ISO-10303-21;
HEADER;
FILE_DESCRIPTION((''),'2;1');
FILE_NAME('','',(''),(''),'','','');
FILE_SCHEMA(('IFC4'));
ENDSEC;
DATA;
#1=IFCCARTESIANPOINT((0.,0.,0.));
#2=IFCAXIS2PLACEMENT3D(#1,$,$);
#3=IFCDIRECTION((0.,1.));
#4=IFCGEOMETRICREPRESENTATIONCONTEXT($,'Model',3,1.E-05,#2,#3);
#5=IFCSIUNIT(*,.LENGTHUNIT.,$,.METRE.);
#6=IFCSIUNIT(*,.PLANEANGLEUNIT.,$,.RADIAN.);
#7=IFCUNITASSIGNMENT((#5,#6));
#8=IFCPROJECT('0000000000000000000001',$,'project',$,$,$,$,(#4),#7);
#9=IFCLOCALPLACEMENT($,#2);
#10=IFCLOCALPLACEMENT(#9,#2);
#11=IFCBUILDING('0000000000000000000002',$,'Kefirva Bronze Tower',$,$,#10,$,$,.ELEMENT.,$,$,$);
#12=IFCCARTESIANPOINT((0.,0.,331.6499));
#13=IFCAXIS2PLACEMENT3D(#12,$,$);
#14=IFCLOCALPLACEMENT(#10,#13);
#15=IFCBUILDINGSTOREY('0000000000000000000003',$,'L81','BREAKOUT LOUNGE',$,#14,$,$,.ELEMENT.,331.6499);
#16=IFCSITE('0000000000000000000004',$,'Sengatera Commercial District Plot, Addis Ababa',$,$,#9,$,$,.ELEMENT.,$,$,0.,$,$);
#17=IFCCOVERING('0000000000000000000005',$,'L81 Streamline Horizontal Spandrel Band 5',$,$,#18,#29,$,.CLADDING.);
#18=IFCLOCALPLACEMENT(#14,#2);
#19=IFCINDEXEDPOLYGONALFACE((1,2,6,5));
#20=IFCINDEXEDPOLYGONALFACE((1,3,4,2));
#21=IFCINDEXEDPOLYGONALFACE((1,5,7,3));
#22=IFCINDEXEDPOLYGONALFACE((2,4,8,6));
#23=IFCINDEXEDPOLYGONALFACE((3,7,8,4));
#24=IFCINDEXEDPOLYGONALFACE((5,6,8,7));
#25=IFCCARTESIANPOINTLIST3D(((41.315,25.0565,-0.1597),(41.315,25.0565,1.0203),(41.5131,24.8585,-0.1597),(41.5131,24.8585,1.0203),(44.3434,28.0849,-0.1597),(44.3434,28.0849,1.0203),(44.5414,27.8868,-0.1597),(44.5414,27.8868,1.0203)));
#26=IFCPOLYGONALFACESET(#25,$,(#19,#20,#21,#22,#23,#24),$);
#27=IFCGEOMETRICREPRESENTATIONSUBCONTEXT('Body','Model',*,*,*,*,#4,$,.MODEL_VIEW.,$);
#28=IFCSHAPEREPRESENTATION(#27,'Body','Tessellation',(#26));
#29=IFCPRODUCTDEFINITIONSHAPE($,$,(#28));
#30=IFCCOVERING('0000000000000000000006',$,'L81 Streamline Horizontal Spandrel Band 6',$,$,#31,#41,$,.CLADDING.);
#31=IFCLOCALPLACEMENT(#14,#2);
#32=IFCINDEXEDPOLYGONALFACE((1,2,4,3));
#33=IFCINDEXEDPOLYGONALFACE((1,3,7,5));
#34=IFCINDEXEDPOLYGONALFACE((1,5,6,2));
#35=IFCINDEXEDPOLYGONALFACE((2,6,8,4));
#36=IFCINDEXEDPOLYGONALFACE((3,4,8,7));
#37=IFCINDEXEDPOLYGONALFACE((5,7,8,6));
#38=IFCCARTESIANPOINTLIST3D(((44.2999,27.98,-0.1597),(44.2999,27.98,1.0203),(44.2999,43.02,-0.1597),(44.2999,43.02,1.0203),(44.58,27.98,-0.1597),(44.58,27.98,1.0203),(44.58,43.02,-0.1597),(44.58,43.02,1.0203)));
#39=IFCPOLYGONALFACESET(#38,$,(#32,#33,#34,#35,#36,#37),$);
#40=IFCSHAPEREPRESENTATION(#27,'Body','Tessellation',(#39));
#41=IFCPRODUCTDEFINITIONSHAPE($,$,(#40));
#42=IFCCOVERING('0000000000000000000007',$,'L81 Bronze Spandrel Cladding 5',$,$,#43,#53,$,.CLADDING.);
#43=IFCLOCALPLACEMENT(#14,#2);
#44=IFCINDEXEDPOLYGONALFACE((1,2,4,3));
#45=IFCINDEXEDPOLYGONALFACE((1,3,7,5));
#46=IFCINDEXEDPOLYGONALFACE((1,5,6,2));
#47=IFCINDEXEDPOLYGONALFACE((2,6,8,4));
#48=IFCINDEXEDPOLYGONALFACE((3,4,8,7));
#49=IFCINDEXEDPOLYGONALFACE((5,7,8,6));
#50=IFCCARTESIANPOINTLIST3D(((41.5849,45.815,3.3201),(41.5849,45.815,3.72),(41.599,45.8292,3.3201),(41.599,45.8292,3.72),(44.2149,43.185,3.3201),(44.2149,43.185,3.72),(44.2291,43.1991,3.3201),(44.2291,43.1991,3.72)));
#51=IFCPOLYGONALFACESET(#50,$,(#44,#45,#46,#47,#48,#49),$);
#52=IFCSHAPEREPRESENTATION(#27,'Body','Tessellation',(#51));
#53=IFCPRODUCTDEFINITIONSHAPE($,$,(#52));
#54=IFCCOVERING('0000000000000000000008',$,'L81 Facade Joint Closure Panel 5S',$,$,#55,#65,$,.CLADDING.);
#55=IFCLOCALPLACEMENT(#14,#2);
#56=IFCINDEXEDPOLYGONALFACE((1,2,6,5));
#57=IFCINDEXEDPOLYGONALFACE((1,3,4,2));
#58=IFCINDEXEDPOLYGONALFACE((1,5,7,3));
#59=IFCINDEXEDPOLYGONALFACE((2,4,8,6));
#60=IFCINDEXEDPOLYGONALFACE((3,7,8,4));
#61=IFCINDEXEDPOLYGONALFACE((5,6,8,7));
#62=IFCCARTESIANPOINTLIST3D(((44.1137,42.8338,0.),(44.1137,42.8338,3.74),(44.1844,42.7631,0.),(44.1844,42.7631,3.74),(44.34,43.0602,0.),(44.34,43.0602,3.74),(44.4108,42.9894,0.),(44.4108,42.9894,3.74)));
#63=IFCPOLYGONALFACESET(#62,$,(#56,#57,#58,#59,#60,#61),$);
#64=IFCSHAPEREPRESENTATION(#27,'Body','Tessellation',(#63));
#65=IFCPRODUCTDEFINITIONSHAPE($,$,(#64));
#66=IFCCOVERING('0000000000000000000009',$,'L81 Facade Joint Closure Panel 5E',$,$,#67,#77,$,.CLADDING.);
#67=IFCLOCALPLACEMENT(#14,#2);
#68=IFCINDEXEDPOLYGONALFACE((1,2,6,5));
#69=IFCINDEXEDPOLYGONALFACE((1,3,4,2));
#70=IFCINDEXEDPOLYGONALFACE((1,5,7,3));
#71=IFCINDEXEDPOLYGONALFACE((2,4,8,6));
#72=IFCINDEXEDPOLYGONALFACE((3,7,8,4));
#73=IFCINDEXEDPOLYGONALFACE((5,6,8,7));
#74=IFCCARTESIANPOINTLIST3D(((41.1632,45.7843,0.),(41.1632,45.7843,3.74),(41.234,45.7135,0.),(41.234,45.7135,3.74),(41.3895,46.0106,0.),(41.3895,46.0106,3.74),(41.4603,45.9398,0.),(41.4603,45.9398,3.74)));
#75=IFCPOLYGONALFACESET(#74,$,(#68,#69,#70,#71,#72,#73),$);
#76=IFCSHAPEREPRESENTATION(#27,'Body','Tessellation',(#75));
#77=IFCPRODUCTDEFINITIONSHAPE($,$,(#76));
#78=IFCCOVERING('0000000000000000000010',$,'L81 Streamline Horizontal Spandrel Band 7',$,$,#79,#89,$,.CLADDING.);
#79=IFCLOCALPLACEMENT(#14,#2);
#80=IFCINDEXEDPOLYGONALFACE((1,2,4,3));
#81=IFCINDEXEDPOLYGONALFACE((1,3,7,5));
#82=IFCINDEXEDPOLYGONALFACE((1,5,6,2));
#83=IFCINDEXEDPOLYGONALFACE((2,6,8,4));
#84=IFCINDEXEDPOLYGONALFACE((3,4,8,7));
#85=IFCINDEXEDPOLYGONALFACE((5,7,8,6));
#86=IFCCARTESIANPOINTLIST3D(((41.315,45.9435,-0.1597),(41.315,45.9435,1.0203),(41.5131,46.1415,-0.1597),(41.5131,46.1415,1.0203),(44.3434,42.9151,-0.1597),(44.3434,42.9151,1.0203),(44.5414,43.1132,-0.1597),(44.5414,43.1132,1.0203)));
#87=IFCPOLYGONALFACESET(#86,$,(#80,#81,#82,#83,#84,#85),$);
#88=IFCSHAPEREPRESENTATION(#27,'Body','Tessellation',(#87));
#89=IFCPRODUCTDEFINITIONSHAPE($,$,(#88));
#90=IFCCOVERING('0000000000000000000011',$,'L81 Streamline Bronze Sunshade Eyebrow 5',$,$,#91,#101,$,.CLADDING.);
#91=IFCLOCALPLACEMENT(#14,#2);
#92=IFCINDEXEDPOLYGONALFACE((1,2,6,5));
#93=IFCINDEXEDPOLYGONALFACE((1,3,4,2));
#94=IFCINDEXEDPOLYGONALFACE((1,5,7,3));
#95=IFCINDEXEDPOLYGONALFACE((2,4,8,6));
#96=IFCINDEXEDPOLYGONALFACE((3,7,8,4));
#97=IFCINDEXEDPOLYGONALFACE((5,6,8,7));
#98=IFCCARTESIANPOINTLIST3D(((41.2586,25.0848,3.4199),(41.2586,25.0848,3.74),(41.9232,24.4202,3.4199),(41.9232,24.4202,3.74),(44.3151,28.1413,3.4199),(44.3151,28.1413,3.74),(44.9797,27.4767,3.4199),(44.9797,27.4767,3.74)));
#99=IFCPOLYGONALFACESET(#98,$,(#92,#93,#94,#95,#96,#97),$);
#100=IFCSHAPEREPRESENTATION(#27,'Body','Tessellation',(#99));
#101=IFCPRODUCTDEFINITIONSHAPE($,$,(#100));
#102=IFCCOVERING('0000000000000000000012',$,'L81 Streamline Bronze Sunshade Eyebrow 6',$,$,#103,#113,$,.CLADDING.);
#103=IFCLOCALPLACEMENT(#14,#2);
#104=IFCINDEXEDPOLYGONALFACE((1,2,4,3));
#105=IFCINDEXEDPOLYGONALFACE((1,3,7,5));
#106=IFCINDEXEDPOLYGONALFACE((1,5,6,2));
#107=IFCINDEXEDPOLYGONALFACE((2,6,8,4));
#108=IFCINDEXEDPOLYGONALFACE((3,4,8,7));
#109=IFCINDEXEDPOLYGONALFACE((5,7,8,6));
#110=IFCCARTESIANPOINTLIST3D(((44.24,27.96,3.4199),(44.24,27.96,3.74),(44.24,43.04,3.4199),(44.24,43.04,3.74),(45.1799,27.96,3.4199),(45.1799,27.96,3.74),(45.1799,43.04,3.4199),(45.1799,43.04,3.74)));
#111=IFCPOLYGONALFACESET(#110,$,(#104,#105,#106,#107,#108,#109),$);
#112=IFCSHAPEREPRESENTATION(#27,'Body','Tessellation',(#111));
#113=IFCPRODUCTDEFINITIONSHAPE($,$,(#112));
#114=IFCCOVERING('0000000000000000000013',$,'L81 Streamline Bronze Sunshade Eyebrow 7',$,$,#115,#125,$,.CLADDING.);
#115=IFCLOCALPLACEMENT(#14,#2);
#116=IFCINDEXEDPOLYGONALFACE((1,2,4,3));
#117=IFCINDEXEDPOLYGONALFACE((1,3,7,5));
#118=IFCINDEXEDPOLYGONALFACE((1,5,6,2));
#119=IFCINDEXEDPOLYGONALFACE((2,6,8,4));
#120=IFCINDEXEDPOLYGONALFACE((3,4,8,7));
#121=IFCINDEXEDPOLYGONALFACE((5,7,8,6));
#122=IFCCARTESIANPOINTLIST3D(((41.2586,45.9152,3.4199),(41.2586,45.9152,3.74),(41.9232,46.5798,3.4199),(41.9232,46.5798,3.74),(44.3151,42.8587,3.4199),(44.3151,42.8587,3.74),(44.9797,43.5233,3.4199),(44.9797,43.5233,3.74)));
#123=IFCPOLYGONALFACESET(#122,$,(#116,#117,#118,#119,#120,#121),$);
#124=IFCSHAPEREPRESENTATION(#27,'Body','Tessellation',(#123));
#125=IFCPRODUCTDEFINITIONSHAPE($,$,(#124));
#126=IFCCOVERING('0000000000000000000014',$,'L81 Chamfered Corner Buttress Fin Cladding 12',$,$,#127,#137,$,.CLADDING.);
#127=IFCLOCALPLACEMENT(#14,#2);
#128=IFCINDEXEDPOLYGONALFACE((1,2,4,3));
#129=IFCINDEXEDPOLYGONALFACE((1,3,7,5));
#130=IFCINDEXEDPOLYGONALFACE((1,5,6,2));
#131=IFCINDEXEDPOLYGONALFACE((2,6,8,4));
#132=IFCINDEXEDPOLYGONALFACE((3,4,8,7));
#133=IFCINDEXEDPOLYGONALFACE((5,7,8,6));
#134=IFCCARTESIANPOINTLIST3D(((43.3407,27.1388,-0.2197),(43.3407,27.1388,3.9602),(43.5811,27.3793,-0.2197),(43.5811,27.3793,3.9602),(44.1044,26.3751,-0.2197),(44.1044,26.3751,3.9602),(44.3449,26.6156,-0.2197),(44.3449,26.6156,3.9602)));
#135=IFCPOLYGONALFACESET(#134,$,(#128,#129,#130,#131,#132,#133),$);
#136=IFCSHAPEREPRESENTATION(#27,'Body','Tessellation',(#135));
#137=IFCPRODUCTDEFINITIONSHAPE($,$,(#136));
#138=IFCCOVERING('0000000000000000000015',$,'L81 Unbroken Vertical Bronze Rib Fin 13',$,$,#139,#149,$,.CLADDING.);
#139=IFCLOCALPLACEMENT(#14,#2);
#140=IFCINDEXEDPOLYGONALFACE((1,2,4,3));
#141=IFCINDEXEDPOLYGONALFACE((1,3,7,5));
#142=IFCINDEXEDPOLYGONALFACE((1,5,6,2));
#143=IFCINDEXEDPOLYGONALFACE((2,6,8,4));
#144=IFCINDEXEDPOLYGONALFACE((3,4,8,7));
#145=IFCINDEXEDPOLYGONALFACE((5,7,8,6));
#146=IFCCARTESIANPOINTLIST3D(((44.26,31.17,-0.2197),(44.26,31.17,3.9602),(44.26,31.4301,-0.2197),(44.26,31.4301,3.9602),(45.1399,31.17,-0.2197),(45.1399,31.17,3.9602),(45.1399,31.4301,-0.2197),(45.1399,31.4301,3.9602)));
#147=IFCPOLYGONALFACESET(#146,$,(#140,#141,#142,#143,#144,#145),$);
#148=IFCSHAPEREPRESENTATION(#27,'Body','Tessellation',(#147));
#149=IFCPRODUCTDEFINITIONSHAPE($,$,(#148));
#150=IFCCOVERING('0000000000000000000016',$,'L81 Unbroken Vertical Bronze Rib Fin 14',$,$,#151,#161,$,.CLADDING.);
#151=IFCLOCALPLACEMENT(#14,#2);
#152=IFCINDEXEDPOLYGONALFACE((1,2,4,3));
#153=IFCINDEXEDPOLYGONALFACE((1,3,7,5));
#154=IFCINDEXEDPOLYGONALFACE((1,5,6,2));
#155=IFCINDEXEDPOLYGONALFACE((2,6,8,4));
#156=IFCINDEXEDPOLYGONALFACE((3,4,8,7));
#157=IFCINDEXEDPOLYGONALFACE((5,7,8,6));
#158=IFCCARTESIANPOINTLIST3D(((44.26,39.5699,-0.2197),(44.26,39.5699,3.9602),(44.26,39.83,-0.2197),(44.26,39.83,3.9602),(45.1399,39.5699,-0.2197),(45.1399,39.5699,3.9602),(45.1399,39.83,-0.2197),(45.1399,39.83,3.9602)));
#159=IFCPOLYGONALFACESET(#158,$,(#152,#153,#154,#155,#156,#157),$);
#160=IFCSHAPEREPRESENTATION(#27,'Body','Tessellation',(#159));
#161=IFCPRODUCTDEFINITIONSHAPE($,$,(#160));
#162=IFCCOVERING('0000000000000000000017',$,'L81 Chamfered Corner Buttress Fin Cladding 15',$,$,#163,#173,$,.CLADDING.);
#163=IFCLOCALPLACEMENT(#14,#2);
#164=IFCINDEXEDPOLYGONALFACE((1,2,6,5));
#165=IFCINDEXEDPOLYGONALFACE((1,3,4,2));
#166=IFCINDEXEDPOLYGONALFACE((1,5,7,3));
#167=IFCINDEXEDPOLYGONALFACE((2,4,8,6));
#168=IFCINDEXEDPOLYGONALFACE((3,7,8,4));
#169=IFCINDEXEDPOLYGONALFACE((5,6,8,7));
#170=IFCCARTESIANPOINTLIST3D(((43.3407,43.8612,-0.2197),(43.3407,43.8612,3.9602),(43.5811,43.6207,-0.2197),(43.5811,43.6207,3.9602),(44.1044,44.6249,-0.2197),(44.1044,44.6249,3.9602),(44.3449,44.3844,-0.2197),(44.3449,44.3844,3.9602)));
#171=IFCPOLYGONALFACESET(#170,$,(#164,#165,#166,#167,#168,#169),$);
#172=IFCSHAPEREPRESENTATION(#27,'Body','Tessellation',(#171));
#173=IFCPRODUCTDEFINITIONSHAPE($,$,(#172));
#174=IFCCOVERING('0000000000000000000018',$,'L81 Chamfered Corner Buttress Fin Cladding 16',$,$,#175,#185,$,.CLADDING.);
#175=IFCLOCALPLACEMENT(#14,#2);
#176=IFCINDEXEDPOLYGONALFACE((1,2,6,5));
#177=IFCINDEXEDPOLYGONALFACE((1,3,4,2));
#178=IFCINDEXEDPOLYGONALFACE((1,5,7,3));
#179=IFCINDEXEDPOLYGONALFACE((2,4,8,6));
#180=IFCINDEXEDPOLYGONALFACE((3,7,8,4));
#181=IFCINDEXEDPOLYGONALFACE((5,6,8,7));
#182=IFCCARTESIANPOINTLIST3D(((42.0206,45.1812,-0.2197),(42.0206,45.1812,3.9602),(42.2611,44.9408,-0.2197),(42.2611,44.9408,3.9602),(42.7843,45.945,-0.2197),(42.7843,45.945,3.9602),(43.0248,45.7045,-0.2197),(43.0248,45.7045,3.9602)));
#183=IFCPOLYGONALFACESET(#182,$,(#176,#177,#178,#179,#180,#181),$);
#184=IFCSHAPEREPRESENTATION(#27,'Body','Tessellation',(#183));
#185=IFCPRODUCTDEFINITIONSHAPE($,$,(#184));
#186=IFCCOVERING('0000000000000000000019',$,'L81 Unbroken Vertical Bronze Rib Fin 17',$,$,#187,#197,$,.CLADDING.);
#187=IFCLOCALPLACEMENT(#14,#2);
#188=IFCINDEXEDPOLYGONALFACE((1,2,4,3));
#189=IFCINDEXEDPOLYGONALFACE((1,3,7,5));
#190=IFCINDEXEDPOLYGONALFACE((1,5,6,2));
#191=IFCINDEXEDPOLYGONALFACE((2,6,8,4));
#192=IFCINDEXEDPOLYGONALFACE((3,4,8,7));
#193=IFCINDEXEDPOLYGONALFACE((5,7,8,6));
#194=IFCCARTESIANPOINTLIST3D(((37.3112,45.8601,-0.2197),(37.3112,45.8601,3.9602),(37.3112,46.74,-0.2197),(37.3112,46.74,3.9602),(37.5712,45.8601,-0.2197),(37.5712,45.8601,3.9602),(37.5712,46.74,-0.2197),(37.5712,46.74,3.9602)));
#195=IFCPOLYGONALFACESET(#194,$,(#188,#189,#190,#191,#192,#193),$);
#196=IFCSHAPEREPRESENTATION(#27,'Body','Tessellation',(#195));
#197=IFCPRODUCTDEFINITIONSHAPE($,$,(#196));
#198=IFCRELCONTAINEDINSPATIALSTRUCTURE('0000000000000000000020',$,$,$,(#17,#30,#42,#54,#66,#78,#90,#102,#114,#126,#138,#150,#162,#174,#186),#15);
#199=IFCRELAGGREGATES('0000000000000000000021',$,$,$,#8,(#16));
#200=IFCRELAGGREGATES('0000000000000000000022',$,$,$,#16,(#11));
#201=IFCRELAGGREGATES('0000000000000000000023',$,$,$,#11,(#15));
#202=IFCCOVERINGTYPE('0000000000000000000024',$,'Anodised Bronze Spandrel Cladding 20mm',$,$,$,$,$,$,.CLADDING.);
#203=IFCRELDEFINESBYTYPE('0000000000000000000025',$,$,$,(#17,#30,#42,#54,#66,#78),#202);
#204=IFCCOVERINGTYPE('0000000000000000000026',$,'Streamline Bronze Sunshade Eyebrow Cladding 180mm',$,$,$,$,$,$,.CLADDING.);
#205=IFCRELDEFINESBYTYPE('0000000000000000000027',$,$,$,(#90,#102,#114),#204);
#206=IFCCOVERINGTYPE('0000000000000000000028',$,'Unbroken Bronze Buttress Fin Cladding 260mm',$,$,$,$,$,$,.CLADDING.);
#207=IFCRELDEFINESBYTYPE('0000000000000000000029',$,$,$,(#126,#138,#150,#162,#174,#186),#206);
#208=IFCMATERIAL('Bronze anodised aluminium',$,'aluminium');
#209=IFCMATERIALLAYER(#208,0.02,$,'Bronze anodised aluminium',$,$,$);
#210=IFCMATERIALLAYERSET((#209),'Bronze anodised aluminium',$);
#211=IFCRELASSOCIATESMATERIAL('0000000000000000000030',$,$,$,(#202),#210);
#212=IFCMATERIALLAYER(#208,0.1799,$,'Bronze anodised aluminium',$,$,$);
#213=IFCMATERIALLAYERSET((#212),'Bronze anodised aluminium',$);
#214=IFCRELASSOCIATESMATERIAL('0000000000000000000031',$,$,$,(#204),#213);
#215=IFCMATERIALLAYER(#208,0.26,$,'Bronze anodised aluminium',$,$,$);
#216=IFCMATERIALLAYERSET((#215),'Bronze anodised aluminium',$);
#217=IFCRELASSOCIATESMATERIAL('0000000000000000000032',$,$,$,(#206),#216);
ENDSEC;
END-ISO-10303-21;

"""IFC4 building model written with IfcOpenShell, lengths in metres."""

from ifc_helpers import new_model, si_unit, direction, frame, origin, origin_2d, place, context, subcontext, project, spatial, rectangle, extrude, material, layer, layer_set, type_object, element, save


model = new_model("IFC4")

# Units and contexts
model_context = context("Model", 3, precision=1e-05, world=origin(), true_north=direction((0.0, 1.0)))
body_context = subcontext(model_context, "Body", "Model", "MODEL_VIEW")
ifc_project = project(units=[si_unit("LENGTHUNIT", "METRE"), si_unit("PLANEANGLEUNIT", "RADIAN")], contexts=[model_context])

# Site, building, storey
site_placement = place(None, origin())
site = spatial("IfcSite", under=ifc_project, at=site_placement, Name="Sengatera Commercial District Plot, Addis Ababa", CompositionType="ELEMENT", RefElevation=0.0)
building_placement = place(site_placement, origin())
building = spatial("IfcBuilding", under=site, at=building_placement, Name="Kefirva Bronze Tower", CompositionType="ELEMENT")
storey_placement = place(building_placement, frame((0.0, 0.0, 331.6499)))
storey = spatial("IfcBuildingStorey", under=building, at=storey_placement, Name="L81", Description="BREAKOUT LOUNGE", CompositionType="ELEMENT", Elevation=331.6499)

# Shared definitions
ifc_material_1 = material(Name="Bronze anodised aluminium", Category="aluminium")

# Coverings
ifc_layer_1 = layer(ifc_material_1, 0.02, Name="Bronze anodised aluminium")
ifc_layer_set_1 = layer_set([ifc_layer_1], Name="Bronze anodised aluminium")
covering_type_1 = type_object("IfcCoveringType", Name="Anodised Bronze Spandrel Cladding 20mm", PredefinedType="CLADDING", material=ifc_layer_set_1)
covering_1_placement = place(storey_placement, frame((42.9282, 26.4717, -0.1597), z_axis=(0.0, 0.0, 1.0), x_axis=(0.707107, 0.707107, 0.0)))
element("IfcCovering", 1, at=covering_1_placement, inside=storey, type_object=covering_type_1, Name="L81 Streamline Horizontal Spandrel Band 5", PredefinedType="CLADDING", context=body_context, shape_type="SweptSolid", body=[
    extrude(rectangle(XDim=4.2827, YDim=0.28, at=origin_2d()), origin(), (0.0, 0.0, 1.0), 1.1799),
])
covering_2_placement = place(storey_placement, frame((44.4399, 35.5, -0.1597), z_axis=(0.0, 0.0, 1.0), x_axis=(0.0, 1.0, 0.0)))
element("IfcCovering", 2, at=covering_2_placement, inside=storey, type_object=covering_type_1, Name="L81 Streamline Horizontal Spandrel Band 6", PredefinedType="CLADDING", context=body_context, shape_type="SweptSolid", body=[
    extrude(rectangle(XDim=15.04, YDim=0.28, at=origin_2d()), origin(), (0.0, 0.0, 1.0), 1.1799),
])
covering_3_placement = place(storey_placement, frame((42.907, 44.5071, 3.3201), z_axis=(0.0, 0.0, 1.0), x_axis=(-0.707107, 0.707107, 0.0)))
element("IfcCovering", 3, at=covering_3_placement, inside=storey, type_object=covering_type_1, Name="L81 Bronze Spandrel Cladding 5", PredefinedType="CLADDING", context=body_context, shape_type="SweptSolid", body=[
    extrude(rectangle(XDim=3.7195, YDim=0.02, at=origin_2d()), origin(), (0.0, 0.0, 1.0), 0.3999),
])
for number, where, z_axis, x_axis, name in (
    (4, (44.2622, 42.9116, 0.0), (0.0, 0.0, 1.0), (-0.707107, 0.707107, 0.0), "L81 Facade Joint Closure Panel 5S"),
    (5, (41.3118, 45.8621, 0.0), (0.0, 0.0, 1.0), (-0.707107, 0.707107, 0.0), "L81 Facade Joint Closure Panel 5E"),
):
    element("IfcCovering", number, at=place(storey_placement, frame(where, z_axis=z_axis, x_axis=x_axis)), inside=storey, type_object=covering_type_1, Name=name, PredefinedType="CLADDING", context=body_context, shape_type="SweptSolid", body=[
        extrude(rectangle(XDim=0.1001, YDim=0.3201, at=origin_2d()), origin(), (0.0, 0.0, 1.0), 3.74),
    ])
covering_4_placement = place(storey_placement, frame((42.9282, 44.5283, -0.1597), z_axis=(0.0, 0.0, 1.0), x_axis=(-0.707107, 0.707107, 0.0)))
element("IfcCovering", 6, at=covering_4_placement, inside=storey, type_object=covering_type_1, Name="L81 Streamline Horizontal Spandrel Band 7", PredefinedType="CLADDING", context=body_context, shape_type="SweptSolid", body=[
    extrude(rectangle(XDim=4.2827, YDim=0.28, at=origin_2d()), origin(), (0.0, 0.0, 1.0), 1.1799),
])
ifc_layer_2 = layer(ifc_material_1, 0.1799, Name="Bronze anodised aluminium")
ifc_layer_set_2 = layer_set([ifc_layer_2], Name="Bronze anodised aluminium")
covering_type_2 = type_object("IfcCoveringType", Name="Streamline Bronze Sunshade Eyebrow Cladding 180mm", PredefinedType="CLADDING", material=ifc_layer_set_2)
covering_5_placement = place(storey_placement, frame((43.1191, 26.2808, 3.4199), z_axis=(0.0, 0.0, 1.0), x_axis=(0.707107, 0.707107, 0.0)))
element("IfcCovering", 7, at=covering_5_placement, inside=storey, type_object=covering_type_2, Name="L81 Streamline Bronze Sunshade Eyebrow 5", PredefinedType="CLADDING", context=body_context, shape_type="SweptSolid", body=[
    extrude(rectangle(XDim=4.3225, YDim=0.9399, at=origin_2d()), origin(), (0.0, 0.0, 1.0), 0.3201),
])
covering_6_placement = place(storey_placement, frame((44.71, 35.5, 3.4199), z_axis=(0.0, 0.0, 1.0), x_axis=(0.0, 1.0, 0.0)))
element("IfcCovering", 8, at=covering_6_placement, inside=storey, type_object=covering_type_2, Name="L81 Streamline Bronze Sunshade Eyebrow 6", PredefinedType="CLADDING", context=body_context, shape_type="SweptSolid", body=[
    extrude(rectangle(XDim=15.0801, YDim=0.9399, at=origin_2d()), origin(), (0.0, 0.0, 1.0), 0.3201),
])
covering_7_placement = place(storey_placement, frame((43.1191, 44.7192, 3.4199), z_axis=(0.0, 0.0, 1.0), x_axis=(-0.707107, 0.707107, 0.0)))
element("IfcCovering", 9, at=covering_7_placement, inside=storey, type_object=covering_type_2, Name="L81 Streamline Bronze Sunshade Eyebrow 7", PredefinedType="CLADDING", context=body_context, shape_type="SweptSolid", body=[
    extrude(rectangle(XDim=4.3225, YDim=0.9399, at=origin_2d()), origin(), (0.0, 0.0, 1.0), 0.3201),
])
ifc_layer_3 = layer(ifc_material_1, 0.26, Name="Bronze anodised aluminium")
ifc_layer_set_3 = layer_set([ifc_layer_3], Name="Bronze anodised aluminium")
covering_type_3 = type_object("IfcCoveringType", Name="Unbroken Bronze Buttress Fin Cladding 260mm", PredefinedType="CLADDING", material=ifc_layer_set_3)
covering_8_placement = place(storey_placement, frame((43.8428, 26.8772, -0.2197), z_axis=(0.0, 0.0, 1.0), x_axis=(0.707107, 0.707107, 0.0)))
element("IfcCovering", 10, at=covering_8_placement, inside=storey, type_object=covering_type_3, Name="L81 Chamfered Corner Buttress Fin Cladding 12", PredefinedType="CLADDING", context=body_context, shape_type="SweptSolid", body=[
    extrude(rectangle(XDim=0.3401, YDim=1.0801, at=origin_2d()), origin(), (0.0, 0.0, 1.0), 4.1799),
])
for number, where, z_axis, x_axis, name in (
    (11, (44.7, 31.3, -0.2197), (0.0, 0.0, 1.0), (0.0, 1.0, 0.0), "L81 Unbroken Vertical Bronze Rib Fin 13"),
    (12, (44.7, 39.7, -0.2197), (0.0, 0.0, 1.0), (0.0, 1.0, 0.0), "L81 Unbroken Vertical Bronze Rib Fin 14"),
):
    element("IfcCovering", number, at=place(storey_placement, frame(where, z_axis=z_axis, x_axis=x_axis)), inside=storey, type_object=covering_type_3, Name=name, PredefinedType="CLADDING", context=body_context, shape_type="SweptSolid", body=[
        extrude(rectangle(XDim=0.26, YDim=0.8799, at=origin_2d()), origin(), (0.0, 0.0, 1.0), 4.1799),
    ])
for number, where, z_axis, x_axis, name in (
    (13, (43.8428, 44.1228, -0.2197), (0.0, 0.0, 1.0), (-0.707107, 0.707107, 0.0), "L81 Chamfered Corner Buttress Fin Cladding 15"),
    (14, (42.5227, 45.4429, -0.2197), (0.0, 0.0, 1.0), (-0.707107, 0.707107, 0.0), "L81 Chamfered Corner Buttress Fin Cladding 16"),
):
    element("IfcCovering", number, at=place(storey_placement, frame(where, z_axis=z_axis, x_axis=x_axis)), inside=storey, type_object=covering_type_3, Name=name, PredefinedType="CLADDING", context=body_context, shape_type="SweptSolid", body=[
        extrude(rectangle(XDim=0.3401, YDim=1.0801, at=origin_2d()), origin(), (0.0, 0.0, 1.0), 4.1799),
    ])
covering_9_placement = place(storey_placement, frame((37.4412, 46.3, -0.2197), z_axis=(0.0, 0.0, 1.0), x_axis=(-1.0, 0.0, 0.0)))
element("IfcCovering", 15, at=covering_9_placement, inside=storey, type_object=covering_type_3, Name="L81 Unbroken Vertical Bronze Rib Fin 17", PredefinedType="CLADDING", context=body_context, shape_type="SweptSolid", body=[
    extrude(rectangle(XDim=0.26, YDim=0.8799, at=origin_2d()), origin(), (0.0, 0.0, 1.0), 4.1799),
])

save(model, "model.ifc")
